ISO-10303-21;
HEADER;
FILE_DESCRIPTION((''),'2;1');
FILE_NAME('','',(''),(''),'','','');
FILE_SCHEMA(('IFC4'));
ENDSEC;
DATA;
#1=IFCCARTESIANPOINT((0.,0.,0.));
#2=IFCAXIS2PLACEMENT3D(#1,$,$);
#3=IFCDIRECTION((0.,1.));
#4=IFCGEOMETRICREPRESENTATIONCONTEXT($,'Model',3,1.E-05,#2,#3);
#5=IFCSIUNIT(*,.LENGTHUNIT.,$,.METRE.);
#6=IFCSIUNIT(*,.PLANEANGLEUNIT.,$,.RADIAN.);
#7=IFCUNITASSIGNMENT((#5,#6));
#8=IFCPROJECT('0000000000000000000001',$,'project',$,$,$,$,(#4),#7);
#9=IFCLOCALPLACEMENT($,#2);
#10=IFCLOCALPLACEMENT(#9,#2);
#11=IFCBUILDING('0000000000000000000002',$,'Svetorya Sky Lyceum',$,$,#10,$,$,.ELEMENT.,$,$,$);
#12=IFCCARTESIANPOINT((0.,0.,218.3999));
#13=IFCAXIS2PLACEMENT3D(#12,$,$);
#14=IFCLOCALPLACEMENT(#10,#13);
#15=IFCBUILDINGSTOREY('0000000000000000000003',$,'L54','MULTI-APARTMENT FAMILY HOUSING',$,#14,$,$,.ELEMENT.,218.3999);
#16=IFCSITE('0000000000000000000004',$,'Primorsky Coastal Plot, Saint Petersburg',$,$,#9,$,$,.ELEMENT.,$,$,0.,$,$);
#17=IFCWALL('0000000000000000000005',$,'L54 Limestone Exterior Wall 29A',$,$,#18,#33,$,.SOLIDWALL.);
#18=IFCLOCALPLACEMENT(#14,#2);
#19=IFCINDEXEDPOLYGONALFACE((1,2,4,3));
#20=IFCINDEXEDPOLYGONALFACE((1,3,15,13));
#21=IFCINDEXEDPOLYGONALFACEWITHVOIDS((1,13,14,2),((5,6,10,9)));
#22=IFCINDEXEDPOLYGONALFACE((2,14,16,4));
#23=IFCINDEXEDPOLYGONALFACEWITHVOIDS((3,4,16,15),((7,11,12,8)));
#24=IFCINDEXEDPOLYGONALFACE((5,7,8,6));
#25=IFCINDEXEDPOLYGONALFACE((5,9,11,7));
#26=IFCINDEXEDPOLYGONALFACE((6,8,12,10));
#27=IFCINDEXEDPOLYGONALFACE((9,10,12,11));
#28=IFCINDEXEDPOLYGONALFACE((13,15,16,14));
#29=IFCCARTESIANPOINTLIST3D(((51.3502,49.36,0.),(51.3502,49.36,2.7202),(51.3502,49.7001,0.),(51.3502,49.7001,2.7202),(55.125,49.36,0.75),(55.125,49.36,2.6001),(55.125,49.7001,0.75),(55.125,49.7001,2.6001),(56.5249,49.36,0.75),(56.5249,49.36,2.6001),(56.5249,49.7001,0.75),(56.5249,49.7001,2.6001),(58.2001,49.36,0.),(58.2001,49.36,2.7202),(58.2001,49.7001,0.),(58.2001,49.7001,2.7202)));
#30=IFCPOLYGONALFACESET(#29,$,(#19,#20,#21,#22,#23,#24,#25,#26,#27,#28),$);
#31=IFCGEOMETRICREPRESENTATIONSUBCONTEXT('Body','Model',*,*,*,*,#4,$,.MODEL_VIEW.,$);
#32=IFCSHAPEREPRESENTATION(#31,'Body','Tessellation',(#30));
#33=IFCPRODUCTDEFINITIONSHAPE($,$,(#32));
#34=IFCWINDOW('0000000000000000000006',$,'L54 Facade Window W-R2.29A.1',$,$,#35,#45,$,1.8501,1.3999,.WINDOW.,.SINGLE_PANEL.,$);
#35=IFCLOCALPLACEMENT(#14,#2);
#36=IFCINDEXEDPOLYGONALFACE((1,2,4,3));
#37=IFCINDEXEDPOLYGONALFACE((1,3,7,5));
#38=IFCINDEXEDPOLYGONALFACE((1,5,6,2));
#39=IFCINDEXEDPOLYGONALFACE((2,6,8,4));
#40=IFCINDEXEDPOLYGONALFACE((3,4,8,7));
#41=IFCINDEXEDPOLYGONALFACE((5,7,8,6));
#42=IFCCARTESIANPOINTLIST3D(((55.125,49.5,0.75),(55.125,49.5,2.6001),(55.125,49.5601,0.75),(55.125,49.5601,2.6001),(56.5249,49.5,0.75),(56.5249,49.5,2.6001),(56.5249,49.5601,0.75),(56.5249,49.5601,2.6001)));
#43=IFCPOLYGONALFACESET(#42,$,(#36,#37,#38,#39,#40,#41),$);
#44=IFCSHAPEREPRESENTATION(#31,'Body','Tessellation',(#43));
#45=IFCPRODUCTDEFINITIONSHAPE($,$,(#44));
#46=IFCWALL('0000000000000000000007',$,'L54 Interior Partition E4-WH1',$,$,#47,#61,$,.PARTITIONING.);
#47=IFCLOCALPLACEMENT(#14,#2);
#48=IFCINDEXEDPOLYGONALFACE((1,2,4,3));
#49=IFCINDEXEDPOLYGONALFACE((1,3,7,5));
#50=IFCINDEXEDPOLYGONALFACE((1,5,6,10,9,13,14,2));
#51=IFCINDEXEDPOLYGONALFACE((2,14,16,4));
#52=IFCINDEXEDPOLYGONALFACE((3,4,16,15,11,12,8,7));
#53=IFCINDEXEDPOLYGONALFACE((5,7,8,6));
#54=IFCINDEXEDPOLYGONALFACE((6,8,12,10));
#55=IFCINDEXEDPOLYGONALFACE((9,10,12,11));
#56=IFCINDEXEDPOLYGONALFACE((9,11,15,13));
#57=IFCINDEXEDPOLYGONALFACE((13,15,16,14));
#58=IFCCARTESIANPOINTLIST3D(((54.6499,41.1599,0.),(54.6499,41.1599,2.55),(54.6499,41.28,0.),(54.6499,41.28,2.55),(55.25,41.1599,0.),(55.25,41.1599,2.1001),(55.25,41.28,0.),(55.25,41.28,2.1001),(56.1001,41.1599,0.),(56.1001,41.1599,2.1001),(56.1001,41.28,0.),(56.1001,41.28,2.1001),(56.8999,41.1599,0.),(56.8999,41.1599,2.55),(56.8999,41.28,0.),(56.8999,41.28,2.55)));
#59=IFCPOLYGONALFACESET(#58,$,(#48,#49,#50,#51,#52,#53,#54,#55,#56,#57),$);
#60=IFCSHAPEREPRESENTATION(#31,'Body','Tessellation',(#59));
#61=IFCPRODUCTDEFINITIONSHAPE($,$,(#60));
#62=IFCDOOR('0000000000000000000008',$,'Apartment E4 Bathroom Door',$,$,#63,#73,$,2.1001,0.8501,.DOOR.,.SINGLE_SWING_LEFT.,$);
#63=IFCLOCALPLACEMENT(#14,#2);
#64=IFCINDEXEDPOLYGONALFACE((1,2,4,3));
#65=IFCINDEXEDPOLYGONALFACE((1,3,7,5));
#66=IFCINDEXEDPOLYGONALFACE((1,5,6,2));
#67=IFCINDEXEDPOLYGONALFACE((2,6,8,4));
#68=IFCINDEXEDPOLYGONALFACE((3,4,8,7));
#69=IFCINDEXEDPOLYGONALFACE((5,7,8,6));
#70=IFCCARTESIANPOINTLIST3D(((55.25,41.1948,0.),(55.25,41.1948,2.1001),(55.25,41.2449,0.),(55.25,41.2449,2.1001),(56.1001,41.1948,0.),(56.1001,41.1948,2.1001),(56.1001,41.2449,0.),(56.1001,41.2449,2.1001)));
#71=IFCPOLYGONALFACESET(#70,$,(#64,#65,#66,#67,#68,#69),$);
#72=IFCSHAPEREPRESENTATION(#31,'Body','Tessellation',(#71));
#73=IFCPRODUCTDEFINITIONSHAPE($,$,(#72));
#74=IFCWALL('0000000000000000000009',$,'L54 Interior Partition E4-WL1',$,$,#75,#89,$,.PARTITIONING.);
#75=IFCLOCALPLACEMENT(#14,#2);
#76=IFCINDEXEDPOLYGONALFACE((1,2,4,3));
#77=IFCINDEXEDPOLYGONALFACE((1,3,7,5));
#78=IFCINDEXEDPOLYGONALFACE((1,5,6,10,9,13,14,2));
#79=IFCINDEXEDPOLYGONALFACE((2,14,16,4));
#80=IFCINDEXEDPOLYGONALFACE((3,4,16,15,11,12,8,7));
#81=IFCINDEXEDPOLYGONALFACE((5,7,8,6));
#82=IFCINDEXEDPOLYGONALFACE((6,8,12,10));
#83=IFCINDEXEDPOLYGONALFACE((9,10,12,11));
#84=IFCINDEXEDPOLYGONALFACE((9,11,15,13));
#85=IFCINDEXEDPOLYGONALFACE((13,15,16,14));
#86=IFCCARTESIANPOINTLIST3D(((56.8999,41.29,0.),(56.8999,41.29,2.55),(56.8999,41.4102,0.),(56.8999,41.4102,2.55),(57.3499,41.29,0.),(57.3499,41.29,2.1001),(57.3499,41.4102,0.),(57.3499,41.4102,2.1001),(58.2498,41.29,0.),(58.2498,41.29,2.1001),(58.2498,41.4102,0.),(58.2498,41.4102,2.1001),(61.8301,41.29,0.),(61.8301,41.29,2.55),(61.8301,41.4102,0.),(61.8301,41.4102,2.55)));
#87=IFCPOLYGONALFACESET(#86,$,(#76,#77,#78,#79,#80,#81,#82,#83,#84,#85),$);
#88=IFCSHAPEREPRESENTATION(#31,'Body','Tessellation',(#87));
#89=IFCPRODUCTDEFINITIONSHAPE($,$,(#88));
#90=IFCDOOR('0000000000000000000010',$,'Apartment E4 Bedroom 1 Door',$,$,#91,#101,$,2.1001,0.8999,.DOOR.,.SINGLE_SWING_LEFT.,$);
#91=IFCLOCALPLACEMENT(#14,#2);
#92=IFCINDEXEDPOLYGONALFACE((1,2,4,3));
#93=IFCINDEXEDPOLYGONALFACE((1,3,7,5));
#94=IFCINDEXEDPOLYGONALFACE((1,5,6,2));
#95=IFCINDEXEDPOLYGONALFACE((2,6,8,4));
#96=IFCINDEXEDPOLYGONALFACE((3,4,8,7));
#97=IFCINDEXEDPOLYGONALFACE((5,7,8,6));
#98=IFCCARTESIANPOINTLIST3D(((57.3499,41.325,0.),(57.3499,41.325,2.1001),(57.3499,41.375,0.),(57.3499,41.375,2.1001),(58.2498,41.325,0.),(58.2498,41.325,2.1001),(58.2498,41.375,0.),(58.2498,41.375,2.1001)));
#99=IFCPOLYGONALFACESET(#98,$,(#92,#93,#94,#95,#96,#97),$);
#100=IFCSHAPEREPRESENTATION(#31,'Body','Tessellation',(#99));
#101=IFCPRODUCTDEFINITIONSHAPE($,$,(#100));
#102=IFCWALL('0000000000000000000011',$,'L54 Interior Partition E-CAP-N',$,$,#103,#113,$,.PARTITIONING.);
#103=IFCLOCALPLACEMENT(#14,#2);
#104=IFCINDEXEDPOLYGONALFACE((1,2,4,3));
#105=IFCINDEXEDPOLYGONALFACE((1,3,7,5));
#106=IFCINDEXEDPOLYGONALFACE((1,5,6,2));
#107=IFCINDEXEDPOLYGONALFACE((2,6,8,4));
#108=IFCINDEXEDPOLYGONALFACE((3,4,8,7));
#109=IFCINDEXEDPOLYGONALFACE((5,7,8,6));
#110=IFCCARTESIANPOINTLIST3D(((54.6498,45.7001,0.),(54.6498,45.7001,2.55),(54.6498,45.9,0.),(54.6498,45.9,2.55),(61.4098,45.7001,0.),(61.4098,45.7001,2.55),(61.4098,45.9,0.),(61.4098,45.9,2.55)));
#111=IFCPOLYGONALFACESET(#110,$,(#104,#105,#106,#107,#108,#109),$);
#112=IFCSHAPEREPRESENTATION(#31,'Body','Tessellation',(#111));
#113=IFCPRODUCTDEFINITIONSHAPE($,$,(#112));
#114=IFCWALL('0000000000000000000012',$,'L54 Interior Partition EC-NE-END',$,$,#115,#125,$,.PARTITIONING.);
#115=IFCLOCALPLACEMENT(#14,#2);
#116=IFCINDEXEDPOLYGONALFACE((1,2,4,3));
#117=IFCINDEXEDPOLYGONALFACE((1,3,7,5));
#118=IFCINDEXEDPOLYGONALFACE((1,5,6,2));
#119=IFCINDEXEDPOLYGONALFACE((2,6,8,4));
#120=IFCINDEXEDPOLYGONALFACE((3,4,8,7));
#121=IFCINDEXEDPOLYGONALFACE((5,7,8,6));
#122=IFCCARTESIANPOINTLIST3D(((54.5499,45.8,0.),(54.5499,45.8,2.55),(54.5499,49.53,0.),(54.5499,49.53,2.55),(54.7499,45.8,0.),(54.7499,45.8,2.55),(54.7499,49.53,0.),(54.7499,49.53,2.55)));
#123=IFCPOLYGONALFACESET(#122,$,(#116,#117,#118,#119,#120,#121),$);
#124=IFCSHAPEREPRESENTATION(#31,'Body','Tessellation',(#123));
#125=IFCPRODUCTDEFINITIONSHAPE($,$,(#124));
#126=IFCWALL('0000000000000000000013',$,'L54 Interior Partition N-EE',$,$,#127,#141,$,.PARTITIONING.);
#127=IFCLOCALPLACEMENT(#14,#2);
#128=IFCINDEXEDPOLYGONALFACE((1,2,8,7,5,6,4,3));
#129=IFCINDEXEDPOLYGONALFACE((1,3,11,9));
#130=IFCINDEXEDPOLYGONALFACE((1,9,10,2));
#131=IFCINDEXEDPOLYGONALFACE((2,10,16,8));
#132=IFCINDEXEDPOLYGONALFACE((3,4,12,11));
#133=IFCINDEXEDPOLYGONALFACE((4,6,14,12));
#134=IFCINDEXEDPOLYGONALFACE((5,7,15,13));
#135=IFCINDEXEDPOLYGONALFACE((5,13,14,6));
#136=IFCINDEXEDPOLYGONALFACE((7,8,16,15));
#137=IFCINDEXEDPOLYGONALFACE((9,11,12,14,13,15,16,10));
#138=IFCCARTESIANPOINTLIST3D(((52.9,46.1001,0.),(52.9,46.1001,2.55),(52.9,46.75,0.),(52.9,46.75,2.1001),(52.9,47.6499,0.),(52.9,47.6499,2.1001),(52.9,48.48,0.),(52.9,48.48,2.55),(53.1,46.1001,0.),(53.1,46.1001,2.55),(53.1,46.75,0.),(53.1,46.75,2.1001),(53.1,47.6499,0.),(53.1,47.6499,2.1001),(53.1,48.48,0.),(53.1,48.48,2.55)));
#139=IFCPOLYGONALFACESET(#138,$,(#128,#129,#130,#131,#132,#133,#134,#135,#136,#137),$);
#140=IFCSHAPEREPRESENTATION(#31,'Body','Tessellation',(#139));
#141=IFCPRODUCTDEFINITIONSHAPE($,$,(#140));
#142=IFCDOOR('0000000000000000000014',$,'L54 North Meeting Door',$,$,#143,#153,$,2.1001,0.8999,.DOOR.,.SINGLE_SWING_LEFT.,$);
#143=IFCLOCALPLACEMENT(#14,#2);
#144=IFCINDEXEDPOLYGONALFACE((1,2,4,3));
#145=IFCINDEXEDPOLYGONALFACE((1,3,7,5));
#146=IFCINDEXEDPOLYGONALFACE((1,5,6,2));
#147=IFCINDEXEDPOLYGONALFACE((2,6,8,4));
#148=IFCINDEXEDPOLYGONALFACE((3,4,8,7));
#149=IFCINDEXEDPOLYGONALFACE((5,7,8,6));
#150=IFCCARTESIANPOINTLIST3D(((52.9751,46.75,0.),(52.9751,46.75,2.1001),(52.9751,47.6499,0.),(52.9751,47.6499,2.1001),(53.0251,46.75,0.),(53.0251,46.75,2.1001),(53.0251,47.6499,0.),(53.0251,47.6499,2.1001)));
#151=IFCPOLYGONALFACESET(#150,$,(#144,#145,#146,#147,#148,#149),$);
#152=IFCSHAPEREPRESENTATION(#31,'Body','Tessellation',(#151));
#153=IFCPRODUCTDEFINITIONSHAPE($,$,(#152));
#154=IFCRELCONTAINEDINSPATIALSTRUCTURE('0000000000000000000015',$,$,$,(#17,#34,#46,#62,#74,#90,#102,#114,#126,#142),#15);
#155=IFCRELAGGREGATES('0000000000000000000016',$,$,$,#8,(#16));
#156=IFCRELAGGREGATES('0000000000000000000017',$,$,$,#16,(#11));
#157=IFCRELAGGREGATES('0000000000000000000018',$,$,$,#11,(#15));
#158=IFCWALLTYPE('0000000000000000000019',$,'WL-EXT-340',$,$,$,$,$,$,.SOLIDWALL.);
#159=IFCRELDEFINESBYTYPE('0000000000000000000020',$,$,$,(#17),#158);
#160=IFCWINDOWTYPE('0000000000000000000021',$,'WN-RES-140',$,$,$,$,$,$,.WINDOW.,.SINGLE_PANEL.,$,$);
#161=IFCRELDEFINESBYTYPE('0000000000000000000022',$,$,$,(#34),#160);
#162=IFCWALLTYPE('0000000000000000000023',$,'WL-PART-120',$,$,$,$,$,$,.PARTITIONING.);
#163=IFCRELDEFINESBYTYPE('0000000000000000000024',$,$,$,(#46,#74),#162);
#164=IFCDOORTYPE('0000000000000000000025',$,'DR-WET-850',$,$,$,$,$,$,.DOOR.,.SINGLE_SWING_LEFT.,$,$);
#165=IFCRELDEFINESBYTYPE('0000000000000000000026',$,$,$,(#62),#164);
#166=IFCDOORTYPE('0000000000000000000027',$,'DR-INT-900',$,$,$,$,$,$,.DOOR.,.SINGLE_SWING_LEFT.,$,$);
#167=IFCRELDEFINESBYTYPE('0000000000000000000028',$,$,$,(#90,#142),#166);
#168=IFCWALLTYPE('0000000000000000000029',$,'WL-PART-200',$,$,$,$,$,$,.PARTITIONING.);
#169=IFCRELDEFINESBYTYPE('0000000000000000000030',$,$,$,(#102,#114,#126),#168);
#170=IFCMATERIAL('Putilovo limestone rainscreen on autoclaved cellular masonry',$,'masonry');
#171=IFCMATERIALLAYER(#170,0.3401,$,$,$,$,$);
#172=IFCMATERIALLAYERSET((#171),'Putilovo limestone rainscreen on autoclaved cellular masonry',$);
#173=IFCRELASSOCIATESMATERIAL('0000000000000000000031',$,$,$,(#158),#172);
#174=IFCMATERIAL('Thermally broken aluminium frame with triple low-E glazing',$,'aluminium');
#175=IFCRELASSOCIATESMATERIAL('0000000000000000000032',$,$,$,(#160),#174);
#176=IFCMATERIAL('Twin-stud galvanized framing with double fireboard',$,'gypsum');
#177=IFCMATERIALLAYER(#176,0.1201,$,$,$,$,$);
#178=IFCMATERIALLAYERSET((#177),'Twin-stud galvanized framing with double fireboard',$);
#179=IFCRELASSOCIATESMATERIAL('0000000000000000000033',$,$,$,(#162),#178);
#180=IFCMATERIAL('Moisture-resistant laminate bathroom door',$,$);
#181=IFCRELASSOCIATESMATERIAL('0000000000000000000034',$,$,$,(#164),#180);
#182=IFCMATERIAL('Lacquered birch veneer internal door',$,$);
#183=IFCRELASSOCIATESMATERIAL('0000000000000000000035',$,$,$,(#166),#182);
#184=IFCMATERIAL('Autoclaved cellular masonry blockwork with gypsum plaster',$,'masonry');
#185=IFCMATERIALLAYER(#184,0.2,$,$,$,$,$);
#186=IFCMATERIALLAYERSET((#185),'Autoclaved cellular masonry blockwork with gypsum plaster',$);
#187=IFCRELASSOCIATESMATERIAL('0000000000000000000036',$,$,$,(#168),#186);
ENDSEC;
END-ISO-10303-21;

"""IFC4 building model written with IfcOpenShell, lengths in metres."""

from ifc_helpers import new_model, si_unit, direction, frame, frame_2d, origin, place, context, subcontext, project, spatial, rectangle, extrude, material, layer, layer_set, type_object, element, fill, save


model = new_model("IFC4")

# Units and contexts
model_context = context("Model", 3, precision=1e-05, world=origin(), true_north=direction((0.0, 1.0)))
body_context = subcontext(model_context, "Body", "Model", "MODEL_VIEW")
ifc_project = project(units=[si_unit("LENGTHUNIT", "METRE"), si_unit("PLANEANGLEUNIT", "RADIAN")], contexts=[model_context])

# Site, building, storey
site_placement = place(None, origin())
site = spatial("IfcSite", under=ifc_project, at=site_placement, Name="Primorsky Coastal Plot, Saint Petersburg", CompositionType="ELEMENT", RefElevation=0.0)
building_placement = place(site_placement, origin())
building = spatial("IfcBuilding", under=site, at=building_placement, Name="Svetorya Sky Lyceum", CompositionType="ELEMENT")
storey_placement = place(building_placement, frame((0.0, 0.0, 218.3999)))
storey = spatial("IfcBuildingStorey", under=building, at=storey_placement, Name="L54", Description="MULTI-APARTMENT FAMILY HOUSING", CompositionType="ELEMENT", Elevation=218.3999)

# Shared definitions
ifc_material_1 = material(Name="Putilovo limestone rainscreen on autoclaved cellular masonry", Category="masonry")
ifc_layer_1 = layer(ifc_material_1, 0.3401)
ifc_layer_set_1 = layer_set([ifc_layer_1], Name="Putilovo limestone rainscreen on autoclaved cellular masonry")
wall_type_1 = type_object("IfcWallType", Name="WL-EXT-340", PredefinedType="SOLIDWALL", material=ifc_layer_set_1)

# Wall, opening, window
wall_1_placement = place(storey_placement, frame((58.2, 49.53, 0.0), z_axis=(0.0, 0.0, 1.0), x_axis=(-1.0, 0.0, 0.0)))
wall_1 = element("IfcWall", 1, at=wall_1_placement, inside=storey, type_object=wall_type_1, Name="L54 Limestone Exterior Wall 29A", PredefinedType="SOLIDWALL", context=body_context, shape_type="SweptSolid", body=[
    extrude(rectangle(XDim=6.8499, YDim=0.3401, at=frame_2d((3.4248, 0.0))), origin(), (0.0, 0.0, 1.0), 2.7202),
])
opening_1_placement = place(wall_1_placement, frame((1.675, 0.0, 0.75)))
opening_1 = element("IfcOpeningElement", 2, at=opening_1_placement, cuts=wall_1, PredefinedType="OPENING", context=body_context, shape_type="SweptSolid", body=[
    extrude(rectangle(XDim=1.3999, YDim=1.8501, at=frame_2d((0.7, 0.925))), frame((0.0, 0.1799, 0.0), z_axis=(0.0, -1.0, 0.0), x_axis=(1.0, 0.0, 0.0)), (0.0, 0.0, 1.0), 0.3601),
])
ifc_material_2 = material(Name="Thermally broken aluminium frame with triple low-E glazing", Category="aluminium")
window_type = type_object("IfcWindowType", Name="WN-RES-140", PartitioningType="SINGLE_PANEL", PredefinedType="WINDOW", material=ifc_material_2)
window_placement = place(opening_1_placement, origin())
window = element("IfcWindow", 3, at=window_placement, inside=storey, type_object=window_type, Name="L54 Facade Window W-R2.29A.1", OverallHeight=1.8501, OverallWidth=1.3999, PartitioningType="SINGLE_PANEL", PredefinedType="WINDOW", context=body_context, shape_type="SweptSolid", body=[
    extrude(rectangle(XDim=1.3999, YDim=1.8501, at=frame_2d((0.7, 0.925))), frame((0.0, 0.03, 0.0), z_axis=(0.0, -1.0, 0.0), x_axis=(1.0, 0.0, 0.0)), (0.0, 0.0, 1.0), 0.0601),
])
fill(opening_1, window)

# Walls, openings, doors
ifc_material_3 = material(Name="Twin-stud galvanized framing with double fireboard", Category="gypsum")
ifc_layer_2 = layer(ifc_material_3, 0.1201)
ifc_layer_set_2 = layer_set([ifc_layer_2], Name="Twin-stud galvanized framing with double fireboard")
wall_type_2 = type_object("IfcWallType", Name="WL-PART-120", PredefinedType="PARTITIONING", material=ifc_layer_set_2)
wall_2_placement = place(storey_placement, frame((54.6499, 41.22, 0.0), z_axis=(0.0, 0.0, 1.0), x_axis=(1.0, 0.0, 0.0)))
wall_2 = element("IfcWall", 4, at=wall_2_placement, inside=storey, type_object=wall_type_2, Name="L54 Interior Partition E4-WH1", PredefinedType="PARTITIONING", context=body_context, shape_type="SweptSolid", body=[
    extrude(rectangle(XDim=2.25, YDim=0.1201, at=frame_2d((1.125, 0.0))), origin(), (0.0, 0.0, 1.0), 2.55),
])
opening_2_placement = place(wall_2_placement, frame((0.6001, 0.0, 0.0)))
opening_2 = element("IfcOpeningElement", 5, at=opening_2_placement, cuts=wall_2, PredefinedType="OPENING", context=body_context, shape_type="SweptSolid", body=[
    extrude(rectangle(XDim=0.8501, YDim=2.1001, at=frame_2d((0.425, 1.05))), frame((0.0, 0.0701, 0.0), z_axis=(0.0, -1.0, 0.0), x_axis=(1.0, 0.0, 0.0)), (0.0, 0.0, 1.0), 0.1401),
])
ifc_material_4 = material(Name="Moisture-resistant laminate bathroom door")
door_type_1 = type_object("IfcDoorType", Name="DR-WET-850", OperationType="SINGLE_SWING_LEFT", PredefinedType="DOOR", material=ifc_material_4)
door_1_placement = place(opening_2_placement, origin())
door_1 = element("IfcDoor", 6, at=door_1_placement, inside=storey, type_object=door_type_1, Name="Apartment E4 Bathroom Door", OperationType="SINGLE_SWING_LEFT", OverallHeight=2.1001, OverallWidth=0.8501, PredefinedType="DOOR", context=body_context, shape_type="SweptSolid", body=[
    extrude(rectangle(XDim=0.8501, YDim=2.1001, at=frame_2d((0.425, 1.05))), frame((0.0, 0.0249, 0.0), z_axis=(0.0, -1.0, 0.0), x_axis=(1.0, 0.0, 0.0)), (0.0, 0.0, 1.0), 0.05),
])
fill(opening_2, door_1)
wall_3_placement = place(storey_placement, frame((56.8999, 41.3501, 0.0), z_axis=(0.0, 0.0, 1.0), x_axis=(1.0, 0.0, 0.0)))
wall_3 = element("IfcWall", 7, at=wall_3_placement, inside=storey, type_object=wall_type_2, Name="L54 Interior Partition E4-WL1", PredefinedType="PARTITIONING", context=body_context, shape_type="SweptSolid", body=[
    extrude(rectangle(XDim=4.9302, YDim=0.1201, at=frame_2d((2.4651, 0.0))), origin(), (0.0, 0.0, 1.0), 2.55),
])
opening_3_placement = place(wall_3_placement, frame((0.45, 0.0, 0.0)))
opening_3 = element("IfcOpeningElement", 8, at=opening_3_placement, cuts=wall_3, PredefinedType="OPENING", context=body_context, shape_type="SweptSolid", body=[
    extrude(rectangle(XDim=0.8999, YDim=2.1001, at=frame_2d((0.45, 1.05))), frame((0.0, 0.0701, 0.0), z_axis=(0.0, -1.0, 0.0), x_axis=(1.0, 0.0, 0.0)), (0.0, 0.0, 1.0), 0.1401),
])
ifc_material_5 = material(Name="Lacquered birch veneer internal door")
door_type_2 = type_object("IfcDoorType", Name="DR-INT-900", OperationType="SINGLE_SWING_LEFT", PredefinedType="DOOR", material=ifc_material_5)
door_2_placement = place(opening_3_placement, origin())
door_2 = element("IfcDoor", 9, at=door_2_placement, inside=storey, type_object=door_type_2, Name="Apartment E4 Bedroom 1 Door", OperationType="SINGLE_SWING_LEFT", OverallHeight=2.1001, OverallWidth=0.8999, PredefinedType="DOOR", context=body_context, shape_type="SweptSolid", body=[
    extrude(rectangle(XDim=0.8999, YDim=2.1001, at=frame_2d((0.45, 1.05))), frame((0.0, 0.0249, 0.0), z_axis=(0.0, -1.0, 0.0), x_axis=(1.0, 0.0, 0.0)), (0.0, 0.0, 1.0), 0.05),
])
fill(opening_3, door_2)

# Shared definitions
ifc_material_6 = material(Name="Autoclaved cellular masonry blockwork with gypsum plaster", Category="masonry")
ifc_layer_3 = layer(ifc_material_6, 0.2)
ifc_layer_set_3 = layer_set([ifc_layer_3], Name="Autoclaved cellular masonry blockwork with gypsum plaster")
wall_type_3 = type_object("IfcWallType", Name="WL-PART-200", PredefinedType="PARTITIONING", material=ifc_layer_set_3)

# Walls
wall_4_placement = place(storey_placement, frame((54.6499, 45.8, 0.0), z_axis=(0.0, 0.0, 1.0), x_axis=(1.0, 0.0, 0.0)))
element("IfcWall", 10, at=wall_4_placement, inside=storey, type_object=wall_type_3, Name="L54 Interior Partition E-CAP-N", PredefinedType="PARTITIONING", context=body_context, shape_type="SweptSolid", body=[
    extrude(rectangle(XDim=6.76, YDim=0.2, at=frame_2d((3.3799, 0.0))), origin(), (0.0, 0.0, 1.0), 2.55),
])
wall_5_placement = place(storey_placement, frame((54.6499, 45.8, 0.0), z_axis=(0.0, 0.0, 1.0), x_axis=(0.0, 1.0, 0.0)))
element("IfcWall", 11, at=wall_5_placement, inside=storey, type_object=wall_type_3, Name="L54 Interior Partition EC-NE-END", PredefinedType="PARTITIONING", context=body_context, shape_type="SweptSolid", body=[
    extrude(rectangle(XDim=3.73, YDim=0.2, at=frame_2d((1.865, 0.0))), origin(), (0.0, 0.0, 1.0), 2.55),
])

# Wall, opening, door
wall_6_placement = place(storey_placement, frame((53.0, 46.1001, 0.0), z_axis=(0.0, 0.0, 1.0), x_axis=(0.0, 1.0, 0.0)))
wall_6 = element("IfcWall", 12, at=wall_6_placement, inside=storey, type_object=wall_type_3, Name="L54 Interior Partition N-EE", PredefinedType="PARTITIONING", context=body_context, shape_type="SweptSolid", body=[
    extrude(rectangle(XDim=2.3799, YDim=0.2, at=frame_2d((1.1899, 0.0))), origin(), (0.0, 0.0, 1.0), 2.55),
])
opening_4_placement = place(wall_6_placement, frame((0.6499, 0.0, 0.0)))
opening_4 = element("IfcOpeningElement", 13, at=opening_4_placement, cuts=wall_6, PredefinedType="OPENING", context=body_context, shape_type="SweptSolid", body=[
    extrude(rectangle(XDim=0.8999, YDim=2.1001, at=frame_2d((0.45, 1.05))), frame((0.0, 0.1099, 0.0), z_axis=(0.0, -1.0, 0.0), x_axis=(1.0, 0.0, 0.0)), (0.0, 0.0, 1.0), 0.22),
])
door_3_placement = place(opening_4_placement, origin())
door_3 = element("IfcDoor", 14, at=door_3_placement, inside=storey, type_object=door_type_2, Name="L54 North Meeting Door", OperationType="SINGLE_SWING_LEFT", OverallHeight=2.1001, OverallWidth=0.8999, PredefinedType="DOOR", context=body_context, shape_type="SweptSolid", body=[
    extrude(rectangle(XDim=0.8999, YDim=2.1001, at=frame_2d((0.45, 1.05))), frame((0.0, 0.0249, 0.0), z_axis=(0.0, -1.0, 0.0), x_axis=(1.0, 0.0, 0.0)), (0.0, 0.0, 1.0), 0.05),
])
fill(opening_4, door_3)

save(model, "model.ifc")
